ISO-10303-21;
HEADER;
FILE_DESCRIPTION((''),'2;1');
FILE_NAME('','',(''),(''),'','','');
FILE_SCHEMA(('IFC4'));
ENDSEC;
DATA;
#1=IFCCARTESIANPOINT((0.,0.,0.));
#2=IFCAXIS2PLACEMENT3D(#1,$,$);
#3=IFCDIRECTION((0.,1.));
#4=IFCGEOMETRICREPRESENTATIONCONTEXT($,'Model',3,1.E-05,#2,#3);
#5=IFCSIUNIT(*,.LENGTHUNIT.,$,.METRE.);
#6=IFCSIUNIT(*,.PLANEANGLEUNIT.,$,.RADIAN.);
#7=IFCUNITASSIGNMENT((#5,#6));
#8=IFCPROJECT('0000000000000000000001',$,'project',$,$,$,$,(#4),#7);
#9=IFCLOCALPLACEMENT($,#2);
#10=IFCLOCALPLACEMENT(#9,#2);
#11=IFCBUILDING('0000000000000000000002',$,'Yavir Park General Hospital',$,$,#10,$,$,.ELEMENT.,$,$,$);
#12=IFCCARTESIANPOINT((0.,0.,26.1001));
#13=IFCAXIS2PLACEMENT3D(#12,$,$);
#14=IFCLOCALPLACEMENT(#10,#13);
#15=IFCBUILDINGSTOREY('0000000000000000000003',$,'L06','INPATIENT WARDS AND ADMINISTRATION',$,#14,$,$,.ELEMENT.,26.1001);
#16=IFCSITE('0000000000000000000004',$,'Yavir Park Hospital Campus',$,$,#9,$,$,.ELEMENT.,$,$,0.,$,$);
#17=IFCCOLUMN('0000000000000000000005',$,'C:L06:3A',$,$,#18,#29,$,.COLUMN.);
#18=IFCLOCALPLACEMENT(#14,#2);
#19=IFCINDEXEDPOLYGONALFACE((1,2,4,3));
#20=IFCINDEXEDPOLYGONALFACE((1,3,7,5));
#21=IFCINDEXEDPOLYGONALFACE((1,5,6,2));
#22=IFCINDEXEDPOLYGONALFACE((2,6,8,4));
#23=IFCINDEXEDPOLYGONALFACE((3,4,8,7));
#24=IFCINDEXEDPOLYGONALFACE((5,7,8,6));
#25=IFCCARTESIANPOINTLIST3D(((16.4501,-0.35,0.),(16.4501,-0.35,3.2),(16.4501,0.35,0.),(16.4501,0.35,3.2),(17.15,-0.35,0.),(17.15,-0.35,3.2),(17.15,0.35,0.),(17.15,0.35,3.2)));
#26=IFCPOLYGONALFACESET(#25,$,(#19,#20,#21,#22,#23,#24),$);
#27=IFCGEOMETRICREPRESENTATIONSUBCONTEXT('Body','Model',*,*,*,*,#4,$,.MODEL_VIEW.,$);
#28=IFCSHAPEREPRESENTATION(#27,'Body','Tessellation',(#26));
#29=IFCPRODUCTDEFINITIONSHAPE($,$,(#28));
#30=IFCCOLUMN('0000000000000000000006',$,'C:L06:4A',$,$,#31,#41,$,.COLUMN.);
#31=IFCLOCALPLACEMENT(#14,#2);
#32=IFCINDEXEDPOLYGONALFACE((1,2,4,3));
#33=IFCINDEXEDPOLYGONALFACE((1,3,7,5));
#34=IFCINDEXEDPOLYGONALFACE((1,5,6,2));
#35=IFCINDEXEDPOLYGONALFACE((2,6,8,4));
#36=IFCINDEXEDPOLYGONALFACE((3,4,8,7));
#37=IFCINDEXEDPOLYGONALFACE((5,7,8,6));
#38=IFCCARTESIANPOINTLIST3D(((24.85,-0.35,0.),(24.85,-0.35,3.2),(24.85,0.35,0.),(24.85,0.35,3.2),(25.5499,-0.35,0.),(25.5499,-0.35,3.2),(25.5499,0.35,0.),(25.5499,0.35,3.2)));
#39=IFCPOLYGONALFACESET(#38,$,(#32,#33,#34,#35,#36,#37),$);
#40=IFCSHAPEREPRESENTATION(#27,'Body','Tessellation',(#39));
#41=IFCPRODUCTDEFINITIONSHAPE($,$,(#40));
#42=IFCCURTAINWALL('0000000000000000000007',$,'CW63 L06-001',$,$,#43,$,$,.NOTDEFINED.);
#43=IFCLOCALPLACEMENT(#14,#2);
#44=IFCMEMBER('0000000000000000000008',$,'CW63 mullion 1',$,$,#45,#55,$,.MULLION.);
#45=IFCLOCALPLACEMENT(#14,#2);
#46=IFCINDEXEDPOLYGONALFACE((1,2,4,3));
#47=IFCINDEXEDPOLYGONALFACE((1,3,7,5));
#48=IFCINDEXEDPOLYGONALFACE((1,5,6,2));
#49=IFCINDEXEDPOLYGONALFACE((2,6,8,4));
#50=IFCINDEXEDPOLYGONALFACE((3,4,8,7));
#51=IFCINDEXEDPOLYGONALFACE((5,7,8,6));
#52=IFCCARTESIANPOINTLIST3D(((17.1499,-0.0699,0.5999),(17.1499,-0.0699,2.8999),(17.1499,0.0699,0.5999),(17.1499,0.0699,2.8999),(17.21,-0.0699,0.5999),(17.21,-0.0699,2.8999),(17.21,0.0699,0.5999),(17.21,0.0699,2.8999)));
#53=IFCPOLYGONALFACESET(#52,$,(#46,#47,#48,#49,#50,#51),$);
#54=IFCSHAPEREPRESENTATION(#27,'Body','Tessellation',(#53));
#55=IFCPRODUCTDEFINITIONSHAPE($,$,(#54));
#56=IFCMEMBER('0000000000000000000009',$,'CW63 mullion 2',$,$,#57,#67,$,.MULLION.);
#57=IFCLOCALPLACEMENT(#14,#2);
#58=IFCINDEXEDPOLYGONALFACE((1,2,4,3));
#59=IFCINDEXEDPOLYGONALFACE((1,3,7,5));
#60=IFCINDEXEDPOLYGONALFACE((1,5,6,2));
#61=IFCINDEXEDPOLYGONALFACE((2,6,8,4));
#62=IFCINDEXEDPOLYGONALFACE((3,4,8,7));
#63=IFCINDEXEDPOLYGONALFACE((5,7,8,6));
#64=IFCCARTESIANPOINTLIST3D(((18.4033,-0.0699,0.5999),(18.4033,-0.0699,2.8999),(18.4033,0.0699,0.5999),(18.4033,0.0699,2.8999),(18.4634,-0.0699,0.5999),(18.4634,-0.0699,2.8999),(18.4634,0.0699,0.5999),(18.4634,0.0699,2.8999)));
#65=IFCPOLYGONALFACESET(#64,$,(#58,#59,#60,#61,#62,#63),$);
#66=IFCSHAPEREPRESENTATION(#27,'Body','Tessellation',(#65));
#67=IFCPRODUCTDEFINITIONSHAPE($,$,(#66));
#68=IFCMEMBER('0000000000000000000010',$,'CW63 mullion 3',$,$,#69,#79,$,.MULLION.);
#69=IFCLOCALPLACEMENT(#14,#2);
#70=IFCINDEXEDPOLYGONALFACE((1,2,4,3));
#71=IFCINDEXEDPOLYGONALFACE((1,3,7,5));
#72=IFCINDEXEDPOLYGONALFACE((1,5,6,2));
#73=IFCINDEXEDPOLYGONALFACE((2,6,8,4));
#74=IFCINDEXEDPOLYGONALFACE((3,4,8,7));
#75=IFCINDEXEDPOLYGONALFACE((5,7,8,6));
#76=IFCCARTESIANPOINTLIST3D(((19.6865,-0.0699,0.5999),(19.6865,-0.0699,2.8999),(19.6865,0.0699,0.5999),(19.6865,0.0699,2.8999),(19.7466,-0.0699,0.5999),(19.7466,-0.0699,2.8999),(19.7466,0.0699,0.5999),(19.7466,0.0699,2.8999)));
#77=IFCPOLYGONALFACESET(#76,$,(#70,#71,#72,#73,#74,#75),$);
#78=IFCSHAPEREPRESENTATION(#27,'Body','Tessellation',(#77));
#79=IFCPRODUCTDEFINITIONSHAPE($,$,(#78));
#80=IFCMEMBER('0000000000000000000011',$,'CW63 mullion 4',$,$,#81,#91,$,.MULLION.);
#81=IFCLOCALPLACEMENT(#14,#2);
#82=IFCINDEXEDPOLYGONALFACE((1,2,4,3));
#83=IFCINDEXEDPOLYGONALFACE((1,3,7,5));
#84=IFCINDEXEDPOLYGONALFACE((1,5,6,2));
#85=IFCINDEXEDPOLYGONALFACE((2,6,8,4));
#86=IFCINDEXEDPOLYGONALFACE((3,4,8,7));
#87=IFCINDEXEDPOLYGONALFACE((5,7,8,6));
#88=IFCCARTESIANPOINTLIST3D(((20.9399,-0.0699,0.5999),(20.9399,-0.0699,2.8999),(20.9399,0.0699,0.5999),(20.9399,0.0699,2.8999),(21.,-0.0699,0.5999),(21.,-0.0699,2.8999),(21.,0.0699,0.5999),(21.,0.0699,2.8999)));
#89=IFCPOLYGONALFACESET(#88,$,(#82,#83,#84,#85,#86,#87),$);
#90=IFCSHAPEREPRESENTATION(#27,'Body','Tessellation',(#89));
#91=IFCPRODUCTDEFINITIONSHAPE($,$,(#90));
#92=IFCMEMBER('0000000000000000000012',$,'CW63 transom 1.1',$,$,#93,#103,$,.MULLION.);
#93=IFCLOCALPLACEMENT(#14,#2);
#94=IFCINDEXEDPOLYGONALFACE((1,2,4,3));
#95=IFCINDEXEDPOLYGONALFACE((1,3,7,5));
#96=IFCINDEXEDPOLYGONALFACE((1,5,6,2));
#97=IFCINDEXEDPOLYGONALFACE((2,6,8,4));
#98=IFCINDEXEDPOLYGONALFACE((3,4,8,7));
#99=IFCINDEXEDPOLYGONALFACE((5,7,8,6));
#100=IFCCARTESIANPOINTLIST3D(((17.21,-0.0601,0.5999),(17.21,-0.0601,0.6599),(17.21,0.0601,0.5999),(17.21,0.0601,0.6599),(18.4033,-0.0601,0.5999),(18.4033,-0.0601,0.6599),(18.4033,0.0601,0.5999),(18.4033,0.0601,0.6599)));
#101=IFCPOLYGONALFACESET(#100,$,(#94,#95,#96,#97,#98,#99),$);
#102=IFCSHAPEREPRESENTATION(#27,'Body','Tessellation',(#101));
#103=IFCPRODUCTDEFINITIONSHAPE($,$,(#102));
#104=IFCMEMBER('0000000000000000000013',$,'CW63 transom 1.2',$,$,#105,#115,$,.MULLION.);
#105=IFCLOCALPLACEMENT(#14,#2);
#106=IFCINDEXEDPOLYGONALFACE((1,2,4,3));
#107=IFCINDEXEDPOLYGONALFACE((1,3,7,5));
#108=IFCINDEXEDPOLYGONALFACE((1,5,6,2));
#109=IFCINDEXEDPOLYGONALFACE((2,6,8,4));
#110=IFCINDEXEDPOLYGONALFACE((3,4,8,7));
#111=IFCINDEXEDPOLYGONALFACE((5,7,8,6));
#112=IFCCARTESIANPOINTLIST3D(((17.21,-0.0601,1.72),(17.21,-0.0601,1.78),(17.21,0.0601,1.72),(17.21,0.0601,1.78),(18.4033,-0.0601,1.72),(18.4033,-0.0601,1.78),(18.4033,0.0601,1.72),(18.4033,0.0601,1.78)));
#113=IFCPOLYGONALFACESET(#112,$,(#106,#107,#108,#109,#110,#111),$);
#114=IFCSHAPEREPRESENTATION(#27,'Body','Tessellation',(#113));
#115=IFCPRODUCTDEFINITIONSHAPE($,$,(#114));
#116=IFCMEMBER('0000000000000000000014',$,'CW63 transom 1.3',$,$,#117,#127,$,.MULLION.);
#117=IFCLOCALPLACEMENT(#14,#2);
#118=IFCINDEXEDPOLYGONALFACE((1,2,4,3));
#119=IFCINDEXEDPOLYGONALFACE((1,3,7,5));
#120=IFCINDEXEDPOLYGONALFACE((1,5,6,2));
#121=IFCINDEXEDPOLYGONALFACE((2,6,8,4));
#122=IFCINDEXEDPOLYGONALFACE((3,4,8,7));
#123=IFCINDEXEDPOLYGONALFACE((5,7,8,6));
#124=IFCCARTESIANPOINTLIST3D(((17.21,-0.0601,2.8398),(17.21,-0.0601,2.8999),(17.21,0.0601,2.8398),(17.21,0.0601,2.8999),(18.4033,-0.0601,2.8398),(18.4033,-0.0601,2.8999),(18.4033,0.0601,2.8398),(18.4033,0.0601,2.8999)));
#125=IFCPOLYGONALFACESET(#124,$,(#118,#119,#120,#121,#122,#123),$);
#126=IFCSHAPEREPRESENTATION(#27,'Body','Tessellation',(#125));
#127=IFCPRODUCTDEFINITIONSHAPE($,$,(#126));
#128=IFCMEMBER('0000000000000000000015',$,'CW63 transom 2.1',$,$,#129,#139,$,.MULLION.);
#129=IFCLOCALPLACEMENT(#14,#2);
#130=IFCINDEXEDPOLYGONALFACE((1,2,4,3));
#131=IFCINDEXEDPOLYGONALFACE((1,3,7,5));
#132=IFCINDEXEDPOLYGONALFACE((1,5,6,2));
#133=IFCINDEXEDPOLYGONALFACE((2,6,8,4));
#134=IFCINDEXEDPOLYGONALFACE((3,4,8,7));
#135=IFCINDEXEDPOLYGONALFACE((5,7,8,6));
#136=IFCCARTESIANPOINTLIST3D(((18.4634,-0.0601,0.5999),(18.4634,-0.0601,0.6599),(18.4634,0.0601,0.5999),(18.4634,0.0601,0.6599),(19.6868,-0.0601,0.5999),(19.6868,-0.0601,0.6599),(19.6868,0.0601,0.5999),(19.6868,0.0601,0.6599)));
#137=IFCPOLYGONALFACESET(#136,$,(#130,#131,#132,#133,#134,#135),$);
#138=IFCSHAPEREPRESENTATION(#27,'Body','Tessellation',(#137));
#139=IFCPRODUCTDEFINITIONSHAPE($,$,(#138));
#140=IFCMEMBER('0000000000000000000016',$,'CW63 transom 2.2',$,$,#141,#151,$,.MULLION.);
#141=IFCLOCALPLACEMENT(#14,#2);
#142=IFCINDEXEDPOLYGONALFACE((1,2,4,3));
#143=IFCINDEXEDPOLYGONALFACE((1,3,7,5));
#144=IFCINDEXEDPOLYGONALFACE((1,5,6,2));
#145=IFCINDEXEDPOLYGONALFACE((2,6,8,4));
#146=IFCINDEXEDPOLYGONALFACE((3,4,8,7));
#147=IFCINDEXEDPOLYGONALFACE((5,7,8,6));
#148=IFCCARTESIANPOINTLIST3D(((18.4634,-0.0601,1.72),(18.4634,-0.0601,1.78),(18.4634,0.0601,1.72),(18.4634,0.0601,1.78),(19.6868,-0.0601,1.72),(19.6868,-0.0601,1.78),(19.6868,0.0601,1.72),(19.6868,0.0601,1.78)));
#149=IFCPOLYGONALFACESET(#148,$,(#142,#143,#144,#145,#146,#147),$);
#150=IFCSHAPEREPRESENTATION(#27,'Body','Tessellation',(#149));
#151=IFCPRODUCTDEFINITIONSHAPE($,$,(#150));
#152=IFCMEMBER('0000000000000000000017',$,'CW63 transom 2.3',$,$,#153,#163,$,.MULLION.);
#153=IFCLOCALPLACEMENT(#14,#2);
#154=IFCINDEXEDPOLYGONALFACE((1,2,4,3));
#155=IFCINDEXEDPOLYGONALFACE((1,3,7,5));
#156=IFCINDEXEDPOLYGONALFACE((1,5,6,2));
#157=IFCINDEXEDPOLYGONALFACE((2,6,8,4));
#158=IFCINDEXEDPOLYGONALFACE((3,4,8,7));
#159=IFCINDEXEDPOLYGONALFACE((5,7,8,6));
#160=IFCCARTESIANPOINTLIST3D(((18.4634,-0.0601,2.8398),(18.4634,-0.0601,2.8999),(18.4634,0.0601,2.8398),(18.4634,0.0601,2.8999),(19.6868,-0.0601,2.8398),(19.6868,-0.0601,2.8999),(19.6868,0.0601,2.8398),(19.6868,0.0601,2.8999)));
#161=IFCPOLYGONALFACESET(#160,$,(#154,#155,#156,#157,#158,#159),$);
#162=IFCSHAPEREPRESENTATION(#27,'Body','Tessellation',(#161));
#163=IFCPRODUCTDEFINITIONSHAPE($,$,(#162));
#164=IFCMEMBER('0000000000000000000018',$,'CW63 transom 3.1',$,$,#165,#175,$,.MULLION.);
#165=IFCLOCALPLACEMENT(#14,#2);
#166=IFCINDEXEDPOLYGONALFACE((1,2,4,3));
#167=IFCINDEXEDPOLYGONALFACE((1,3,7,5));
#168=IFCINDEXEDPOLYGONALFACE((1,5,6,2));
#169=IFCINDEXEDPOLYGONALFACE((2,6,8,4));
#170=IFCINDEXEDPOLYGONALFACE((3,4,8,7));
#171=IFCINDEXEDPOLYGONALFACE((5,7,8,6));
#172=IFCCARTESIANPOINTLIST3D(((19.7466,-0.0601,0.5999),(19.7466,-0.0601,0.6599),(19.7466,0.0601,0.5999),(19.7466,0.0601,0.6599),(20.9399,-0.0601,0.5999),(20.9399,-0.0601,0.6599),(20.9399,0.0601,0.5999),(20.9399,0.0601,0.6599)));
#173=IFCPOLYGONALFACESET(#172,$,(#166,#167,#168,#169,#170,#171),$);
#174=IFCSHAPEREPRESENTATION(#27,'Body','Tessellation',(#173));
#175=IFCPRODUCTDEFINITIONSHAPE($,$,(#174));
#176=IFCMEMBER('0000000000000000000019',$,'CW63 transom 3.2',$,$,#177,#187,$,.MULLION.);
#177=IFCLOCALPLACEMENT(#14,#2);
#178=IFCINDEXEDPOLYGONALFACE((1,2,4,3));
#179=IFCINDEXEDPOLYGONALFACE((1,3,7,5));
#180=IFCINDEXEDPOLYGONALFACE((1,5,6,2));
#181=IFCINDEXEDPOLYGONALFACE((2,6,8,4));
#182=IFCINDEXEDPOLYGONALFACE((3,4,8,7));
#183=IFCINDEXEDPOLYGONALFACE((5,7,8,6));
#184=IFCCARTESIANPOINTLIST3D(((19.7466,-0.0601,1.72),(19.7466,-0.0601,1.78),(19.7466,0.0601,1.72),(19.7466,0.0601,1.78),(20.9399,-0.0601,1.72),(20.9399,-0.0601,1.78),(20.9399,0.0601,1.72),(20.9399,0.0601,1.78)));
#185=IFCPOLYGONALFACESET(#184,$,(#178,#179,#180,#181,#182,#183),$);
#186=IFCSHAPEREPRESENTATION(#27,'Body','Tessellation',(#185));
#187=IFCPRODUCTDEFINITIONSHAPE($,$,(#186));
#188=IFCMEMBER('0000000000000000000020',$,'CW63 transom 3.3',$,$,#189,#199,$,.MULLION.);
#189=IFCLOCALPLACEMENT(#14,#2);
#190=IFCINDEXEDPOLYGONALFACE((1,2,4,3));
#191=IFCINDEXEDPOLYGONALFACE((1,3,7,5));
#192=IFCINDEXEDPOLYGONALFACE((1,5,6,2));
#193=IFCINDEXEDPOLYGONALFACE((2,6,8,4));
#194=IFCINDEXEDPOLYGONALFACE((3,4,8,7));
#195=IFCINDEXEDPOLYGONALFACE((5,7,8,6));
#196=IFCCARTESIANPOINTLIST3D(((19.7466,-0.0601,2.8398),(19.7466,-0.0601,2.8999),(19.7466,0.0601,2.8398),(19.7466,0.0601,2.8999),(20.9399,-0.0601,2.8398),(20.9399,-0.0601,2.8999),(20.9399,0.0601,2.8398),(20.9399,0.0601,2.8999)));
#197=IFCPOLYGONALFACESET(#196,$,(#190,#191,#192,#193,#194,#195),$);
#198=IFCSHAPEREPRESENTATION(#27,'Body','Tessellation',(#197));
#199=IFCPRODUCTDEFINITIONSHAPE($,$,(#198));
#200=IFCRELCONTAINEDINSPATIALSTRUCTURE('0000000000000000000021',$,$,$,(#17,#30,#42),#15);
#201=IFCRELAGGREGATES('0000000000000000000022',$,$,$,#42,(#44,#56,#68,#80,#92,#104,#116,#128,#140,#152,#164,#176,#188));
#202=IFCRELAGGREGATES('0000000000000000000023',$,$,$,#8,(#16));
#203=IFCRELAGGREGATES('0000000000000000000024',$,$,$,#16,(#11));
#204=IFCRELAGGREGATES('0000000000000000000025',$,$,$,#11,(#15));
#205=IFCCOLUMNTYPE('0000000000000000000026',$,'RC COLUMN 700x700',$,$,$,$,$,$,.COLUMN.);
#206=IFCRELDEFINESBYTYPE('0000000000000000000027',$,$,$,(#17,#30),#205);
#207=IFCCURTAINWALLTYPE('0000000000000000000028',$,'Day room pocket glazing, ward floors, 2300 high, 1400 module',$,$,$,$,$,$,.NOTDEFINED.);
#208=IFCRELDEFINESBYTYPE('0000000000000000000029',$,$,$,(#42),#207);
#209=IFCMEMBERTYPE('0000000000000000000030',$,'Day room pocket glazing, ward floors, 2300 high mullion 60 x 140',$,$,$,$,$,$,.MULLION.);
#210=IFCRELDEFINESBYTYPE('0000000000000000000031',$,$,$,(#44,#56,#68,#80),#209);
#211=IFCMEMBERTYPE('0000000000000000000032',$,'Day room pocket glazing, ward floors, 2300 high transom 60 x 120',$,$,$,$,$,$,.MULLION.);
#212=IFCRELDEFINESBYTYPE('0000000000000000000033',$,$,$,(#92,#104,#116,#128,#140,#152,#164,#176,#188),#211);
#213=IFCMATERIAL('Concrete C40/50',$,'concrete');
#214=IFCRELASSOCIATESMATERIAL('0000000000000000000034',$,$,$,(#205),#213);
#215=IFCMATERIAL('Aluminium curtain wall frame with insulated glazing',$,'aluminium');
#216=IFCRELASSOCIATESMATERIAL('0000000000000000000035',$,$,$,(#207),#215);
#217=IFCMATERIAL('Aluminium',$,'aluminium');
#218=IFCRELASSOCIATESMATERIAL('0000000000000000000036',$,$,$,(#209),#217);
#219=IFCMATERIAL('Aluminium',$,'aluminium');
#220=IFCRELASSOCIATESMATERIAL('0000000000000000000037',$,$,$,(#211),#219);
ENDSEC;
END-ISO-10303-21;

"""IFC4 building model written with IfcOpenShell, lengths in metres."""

from ifc_helpers import new_model, si_unit, direction, frame, origin, origin_2d, place, context, subcontext, project, spatial, rectangle, extrude, material, material_profile, profile_set, type_object, element, aggregate, save


model = new_model("IFC4")

# Units and contexts
model_context = context("Model", 3, precision=1e-05, world=origin(), true_north=direction((0.0, 1.0)))
body_context = subcontext(model_context, "Body", "Model", "MODEL_VIEW")
ifc_project = project(units=[si_unit("LENGTHUNIT", "METRE"), si_unit("PLANEANGLEUNIT", "RADIAN")], contexts=[model_context])

# Site, building, storey
site_placement = place(None, origin())
site = spatial("IfcSite", under=ifc_project, at=site_placement, Name="Yavir Park Hospital Campus", CompositionType="ELEMENT", RefElevation=0.0)
building_placement = place(site_placement, origin())
building = spatial("IfcBuilding", under=site, at=building_placement, Name="Yavir Park General Hospital", CompositionType="ELEMENT")
storey_placement = place(building_placement, frame((0.0, 0.0, 26.1001)))
storey = spatial("IfcBuildingStorey", under=building, at=storey_placement, Name="L06", Description="INPATIENT WARDS AND ADMINISTRATION", CompositionType="ELEMENT", Elevation=26.1001)

# Columns
ifc_material_1 = material(Name="Concrete C40/50", Category="concrete")
ifc_material_profile_1 = material_profile(ifc_material_1, rectangle(XDim=0.7, YDim=0.7, at=origin_2d()), Name="RC700x700")
ifc_profile_set_1 = profile_set([ifc_material_profile_1], Name="Concrete C40/50")
column_type = type_object("IfcColumnType", Name="RC COLUMN 700x700", PredefinedType="COLUMN", material=ifc_profile_set_1)
for number, where, z_axis, x_axis, name in (
    (1, (16.8, 0.0, 0.0), (0.0, 0.0, 1.0), (1.0, 0.0, 0.0), "C:L06:3A"),
    (2, (25.2, 0.0, 0.0), (0.0, 0.0, 1.0), (1.0, 0.0, 0.0), "C:L06:4A"),
):
    element("IfcColumn", number, at=place(storey_placement, frame(where, z_axis=z_axis, x_axis=x_axis)), inside=storey, type_object=column_type, Name=name, PredefinedType="COLUMN", context=body_context, shape_type="SweptSolid", body=[
        extrude(rectangle(XDim=0.7, YDim=0.7, at=origin_2d()), origin(), (0.0, 0.0, 1.0), 3.2),
    ])

# Curtain wall, members
ifc_material_2 = material(Name="Aluminium curtain wall frame with insulated glazing", Category="aluminium")
curtain_wall_type = type_object("IfcCurtainWallType", Name="Day room pocket glazing, ward floors, 2300 high, 1400 module", PredefinedType="NOTDEFINED", material=ifc_material_2)
curtain_wall_placement = place(storey_placement, origin())
curtain_wall = element("IfcCurtainWall", 3, at=curtain_wall_placement, inside=storey, type_object=curtain_wall_type, Name="CW63 L06-001", PredefinedType="NOTDEFINED")
ifc_material_3 = material(Name="Aluminium", Category="aluminium")
ifc_material_profile_2 = material_profile(ifc_material_3, rectangle(XDim=0.1399, YDim=0.0601, at=origin_2d()), Name="AL 60x140")
ifc_profile_set_2 = profile_set([ifc_material_profile_2], Name="Aluminium")
member_type_1 = type_object("IfcMemberType", Name="Day room pocket glazing, ward floors, 2300 high mullion 60 x 140", PredefinedType="MULLION", material=ifc_profile_set_2)
member_1_placement = place(storey_placement, frame((17.1799, 0.0, 0.5999), z_axis=(0.0, 0.0, 1.0), x_axis=(0.0, 1.0, 0.0)))
member_1 = element("IfcMember", 4, at=member_1_placement, type_object=member_type_1, Name="CW63 mullion 1", PredefinedType="MULLION", context=body_context, shape_type="SweptSolid", body=[
    extrude(rectangle(XDim=0.1399, YDim=0.0601, at=origin_2d()), origin(), (0.0, 0.0, 1.0), 2.3),
])
member_2_placement = place(storey_placement, frame((18.4333, 0.0, 0.5999), z_axis=(0.0, 0.0, 1.0), x_axis=(0.0, 1.0, 0.0)))
member_2 = element("IfcMember", 5, at=member_2_placement, type_object=member_type_1, Name="CW63 mullion 2", PredefinedType="MULLION", context=body_context, shape_type="SweptSolid", body=[
    extrude(rectangle(XDim=0.1399, YDim=0.0601, at=origin_2d()), origin(), (0.0, 0.0, 1.0), 2.3),
])
member_3_placement = place(storey_placement, frame((19.7166, 0.0, 0.5999), z_axis=(0.0, 0.0, 1.0), x_axis=(0.0, 1.0, 0.0)))
member_3 = element("IfcMember", 6, at=member_3_placement, type_object=member_type_1, Name="CW63 mullion 3", PredefinedType="MULLION", context=body_context, shape_type="SweptSolid", body=[
    extrude(rectangle(XDim=0.1399, YDim=0.0601, at=origin_2d()), origin(), (0.0, 0.0, 1.0), 2.3),
])
member_4_placement = place(storey_placement, frame((20.97, 0.0, 0.5999), z_axis=(0.0, 0.0, 1.0), x_axis=(0.0, 1.0, 0.0)))
member_4 = element("IfcMember", 7, at=member_4_placement, type_object=member_type_1, Name="CW63 mullion 4", PredefinedType="MULLION", context=body_context, shape_type="SweptSolid", body=[
    extrude(rectangle(XDim=0.1399, YDim=0.0601, at=origin_2d()), origin(), (0.0, 0.0, 1.0), 2.3),
])
ifc_material_4 = material(Name="Aluminium", Category="aluminium")
ifc_material_profile_3 = material_profile(ifc_material_4, rectangle(XDim=0.1201, YDim=0.0601, at=origin_2d()), Name="AL 120x60")
ifc_profile_set_3 = profile_set([ifc_material_profile_3], Name="Aluminium")
member_type_2 = type_object("IfcMemberType", Name="Day room pocket glazing, ward floors, 2300 high transom 60 x 120", PredefinedType="MULLION", material=ifc_profile_set_3)
member_5_placement = place(storey_placement, frame((17.21, 0.0, 0.6299), z_axis=(1.0, 0.0, 0.0), x_axis=(0.0, 1.0, 0.0)))
member_5 = element("IfcMember", 8, at=member_5_placement, type_object=member_type_2, Name="CW63 transom 1.1", PredefinedType="MULLION", context=body_context, shape_type="SweptSolid", body=[
    extrude(rectangle(XDim=0.1201, YDim=0.0601, at=origin_2d()), origin(), (0.0, 0.0, 1.0), 1.1934),
])
member_6_placement = place(storey_placement, frame((17.21, 0.0, 1.75), z_axis=(1.0, 0.0, 0.0), x_axis=(0.0, 1.0, 0.0)))
member_6 = element("IfcMember", 9, at=member_6_placement, type_object=member_type_2, Name="CW63 transom 1.2", PredefinedType="MULLION", context=body_context, shape_type="SweptSolid", body=[
    extrude(rectangle(XDim=0.1201, YDim=0.0601, at=origin_2d()), origin(), (0.0, 0.0, 1.0), 1.1934),
])
member_7_placement = place(storey_placement, frame((17.21, 0.0, 2.8699), z_axis=(1.0, 0.0, 0.0), x_axis=(0.0, 1.0, 0.0)))
member_7 = element("IfcMember", 10, at=member_7_placement, type_object=member_type_2, Name="CW63 transom 1.3", PredefinedType="MULLION", context=body_context, shape_type="SweptSolid", body=[
    extrude(rectangle(XDim=0.1201, YDim=0.0601, at=origin_2d()), origin(), (0.0, 0.0, 1.0), 1.1934),
])
member_8_placement = place(storey_placement, frame((18.4634, 0.0, 0.6299), z_axis=(1.0, 0.0, 0.0), x_axis=(0.0, 1.0, 0.0)))
member_8 = element("IfcMember", 11, at=member_8_placement, type_object=member_type_2, Name="CW63 transom 2.1", PredefinedType="MULLION", context=body_context, shape_type="SweptSolid", body=[
    extrude(rectangle(XDim=0.1201, YDim=0.0601, at=origin_2d()), origin(), (0.0, 0.0, 1.0), 1.2234),
])
member_9_placement = place(storey_placement, frame((18.4634, 0.0, 1.75), z_axis=(1.0, 0.0, 0.0), x_axis=(0.0, 1.0, 0.0)))
member_9 = element("IfcMember", 12, at=member_9_placement, type_object=member_type_2, Name="CW63 transom 2.2", PredefinedType="MULLION", context=body_context, shape_type="SweptSolid", body=[
    extrude(rectangle(XDim=0.1201, YDim=0.0601, at=origin_2d()), origin(), (0.0, 0.0, 1.0), 1.2234),
])
member_10_placement = place(storey_placement, frame((18.4634, 0.0, 2.8699), z_axis=(1.0, 0.0, 0.0), x_axis=(0.0, 1.0, 0.0)))
member_10 = element("IfcMember", 13, at=member_10_placement, type_object=member_type_2, Name="CW63 transom 2.3", PredefinedType="MULLION", context=body_context, shape_type="SweptSolid", body=[
    extrude(rectangle(XDim=0.1201, YDim=0.0601, at=origin_2d()), origin(), (0.0, 0.0, 1.0), 1.2234),
])
member_11_placement = place(storey_placement, frame((19.7466, 0.0, 0.6299), z_axis=(1.0, 0.0, 0.0), x_axis=(0.0, 1.0, 0.0)))
member_11 = element("IfcMember", 14, at=member_11_placement, type_object=member_type_2, Name="CW63 transom 3.1", PredefinedType="MULLION", context=body_context, shape_type="SweptSolid", body=[
    extrude(rectangle(XDim=0.1201, YDim=0.0601, at=origin_2d()), origin(), (0.0, 0.0, 1.0), 1.1934),
])
member_12_placement = place(storey_placement, frame((19.7466, 0.0, 1.75), z_axis=(1.0, 0.0, 0.0), x_axis=(0.0, 1.0, 0.0)))
member_12 = element("IfcMember", 15, at=member_12_placement, type_object=member_type_2, Name="CW63 transom 3.2", PredefinedType="MULLION", context=body_context, shape_type="SweptSolid", body=[
    extrude(rectangle(XDim=0.1201, YDim=0.0601, at=origin_2d()), origin(), (0.0, 0.0, 1.0), 1.1934),
])
member_13_placement = place(storey_placement, frame((19.7466, 0.0, 2.8699), z_axis=(1.0, 0.0, 0.0), x_axis=(0.0, 1.0, 0.0)))
member_13 = element("IfcMember", 16, at=member_13_placement, type_object=member_type_2, Name="CW63 transom 3.3", PredefinedType="MULLION", context=body_context, shape_type="SweptSolid", body=[
    extrude(rectangle(XDim=0.1201, YDim=0.0601, at=origin_2d()), origin(), (0.0, 0.0, 1.0), 1.1934),
])

aggregate(curtain_wall, [member_1, member_2, member_3, member_4, member_5, member_6, member_7, member_8, member_9, member_10, member_11, member_12, member_13])

save(model, "model.ifc")
